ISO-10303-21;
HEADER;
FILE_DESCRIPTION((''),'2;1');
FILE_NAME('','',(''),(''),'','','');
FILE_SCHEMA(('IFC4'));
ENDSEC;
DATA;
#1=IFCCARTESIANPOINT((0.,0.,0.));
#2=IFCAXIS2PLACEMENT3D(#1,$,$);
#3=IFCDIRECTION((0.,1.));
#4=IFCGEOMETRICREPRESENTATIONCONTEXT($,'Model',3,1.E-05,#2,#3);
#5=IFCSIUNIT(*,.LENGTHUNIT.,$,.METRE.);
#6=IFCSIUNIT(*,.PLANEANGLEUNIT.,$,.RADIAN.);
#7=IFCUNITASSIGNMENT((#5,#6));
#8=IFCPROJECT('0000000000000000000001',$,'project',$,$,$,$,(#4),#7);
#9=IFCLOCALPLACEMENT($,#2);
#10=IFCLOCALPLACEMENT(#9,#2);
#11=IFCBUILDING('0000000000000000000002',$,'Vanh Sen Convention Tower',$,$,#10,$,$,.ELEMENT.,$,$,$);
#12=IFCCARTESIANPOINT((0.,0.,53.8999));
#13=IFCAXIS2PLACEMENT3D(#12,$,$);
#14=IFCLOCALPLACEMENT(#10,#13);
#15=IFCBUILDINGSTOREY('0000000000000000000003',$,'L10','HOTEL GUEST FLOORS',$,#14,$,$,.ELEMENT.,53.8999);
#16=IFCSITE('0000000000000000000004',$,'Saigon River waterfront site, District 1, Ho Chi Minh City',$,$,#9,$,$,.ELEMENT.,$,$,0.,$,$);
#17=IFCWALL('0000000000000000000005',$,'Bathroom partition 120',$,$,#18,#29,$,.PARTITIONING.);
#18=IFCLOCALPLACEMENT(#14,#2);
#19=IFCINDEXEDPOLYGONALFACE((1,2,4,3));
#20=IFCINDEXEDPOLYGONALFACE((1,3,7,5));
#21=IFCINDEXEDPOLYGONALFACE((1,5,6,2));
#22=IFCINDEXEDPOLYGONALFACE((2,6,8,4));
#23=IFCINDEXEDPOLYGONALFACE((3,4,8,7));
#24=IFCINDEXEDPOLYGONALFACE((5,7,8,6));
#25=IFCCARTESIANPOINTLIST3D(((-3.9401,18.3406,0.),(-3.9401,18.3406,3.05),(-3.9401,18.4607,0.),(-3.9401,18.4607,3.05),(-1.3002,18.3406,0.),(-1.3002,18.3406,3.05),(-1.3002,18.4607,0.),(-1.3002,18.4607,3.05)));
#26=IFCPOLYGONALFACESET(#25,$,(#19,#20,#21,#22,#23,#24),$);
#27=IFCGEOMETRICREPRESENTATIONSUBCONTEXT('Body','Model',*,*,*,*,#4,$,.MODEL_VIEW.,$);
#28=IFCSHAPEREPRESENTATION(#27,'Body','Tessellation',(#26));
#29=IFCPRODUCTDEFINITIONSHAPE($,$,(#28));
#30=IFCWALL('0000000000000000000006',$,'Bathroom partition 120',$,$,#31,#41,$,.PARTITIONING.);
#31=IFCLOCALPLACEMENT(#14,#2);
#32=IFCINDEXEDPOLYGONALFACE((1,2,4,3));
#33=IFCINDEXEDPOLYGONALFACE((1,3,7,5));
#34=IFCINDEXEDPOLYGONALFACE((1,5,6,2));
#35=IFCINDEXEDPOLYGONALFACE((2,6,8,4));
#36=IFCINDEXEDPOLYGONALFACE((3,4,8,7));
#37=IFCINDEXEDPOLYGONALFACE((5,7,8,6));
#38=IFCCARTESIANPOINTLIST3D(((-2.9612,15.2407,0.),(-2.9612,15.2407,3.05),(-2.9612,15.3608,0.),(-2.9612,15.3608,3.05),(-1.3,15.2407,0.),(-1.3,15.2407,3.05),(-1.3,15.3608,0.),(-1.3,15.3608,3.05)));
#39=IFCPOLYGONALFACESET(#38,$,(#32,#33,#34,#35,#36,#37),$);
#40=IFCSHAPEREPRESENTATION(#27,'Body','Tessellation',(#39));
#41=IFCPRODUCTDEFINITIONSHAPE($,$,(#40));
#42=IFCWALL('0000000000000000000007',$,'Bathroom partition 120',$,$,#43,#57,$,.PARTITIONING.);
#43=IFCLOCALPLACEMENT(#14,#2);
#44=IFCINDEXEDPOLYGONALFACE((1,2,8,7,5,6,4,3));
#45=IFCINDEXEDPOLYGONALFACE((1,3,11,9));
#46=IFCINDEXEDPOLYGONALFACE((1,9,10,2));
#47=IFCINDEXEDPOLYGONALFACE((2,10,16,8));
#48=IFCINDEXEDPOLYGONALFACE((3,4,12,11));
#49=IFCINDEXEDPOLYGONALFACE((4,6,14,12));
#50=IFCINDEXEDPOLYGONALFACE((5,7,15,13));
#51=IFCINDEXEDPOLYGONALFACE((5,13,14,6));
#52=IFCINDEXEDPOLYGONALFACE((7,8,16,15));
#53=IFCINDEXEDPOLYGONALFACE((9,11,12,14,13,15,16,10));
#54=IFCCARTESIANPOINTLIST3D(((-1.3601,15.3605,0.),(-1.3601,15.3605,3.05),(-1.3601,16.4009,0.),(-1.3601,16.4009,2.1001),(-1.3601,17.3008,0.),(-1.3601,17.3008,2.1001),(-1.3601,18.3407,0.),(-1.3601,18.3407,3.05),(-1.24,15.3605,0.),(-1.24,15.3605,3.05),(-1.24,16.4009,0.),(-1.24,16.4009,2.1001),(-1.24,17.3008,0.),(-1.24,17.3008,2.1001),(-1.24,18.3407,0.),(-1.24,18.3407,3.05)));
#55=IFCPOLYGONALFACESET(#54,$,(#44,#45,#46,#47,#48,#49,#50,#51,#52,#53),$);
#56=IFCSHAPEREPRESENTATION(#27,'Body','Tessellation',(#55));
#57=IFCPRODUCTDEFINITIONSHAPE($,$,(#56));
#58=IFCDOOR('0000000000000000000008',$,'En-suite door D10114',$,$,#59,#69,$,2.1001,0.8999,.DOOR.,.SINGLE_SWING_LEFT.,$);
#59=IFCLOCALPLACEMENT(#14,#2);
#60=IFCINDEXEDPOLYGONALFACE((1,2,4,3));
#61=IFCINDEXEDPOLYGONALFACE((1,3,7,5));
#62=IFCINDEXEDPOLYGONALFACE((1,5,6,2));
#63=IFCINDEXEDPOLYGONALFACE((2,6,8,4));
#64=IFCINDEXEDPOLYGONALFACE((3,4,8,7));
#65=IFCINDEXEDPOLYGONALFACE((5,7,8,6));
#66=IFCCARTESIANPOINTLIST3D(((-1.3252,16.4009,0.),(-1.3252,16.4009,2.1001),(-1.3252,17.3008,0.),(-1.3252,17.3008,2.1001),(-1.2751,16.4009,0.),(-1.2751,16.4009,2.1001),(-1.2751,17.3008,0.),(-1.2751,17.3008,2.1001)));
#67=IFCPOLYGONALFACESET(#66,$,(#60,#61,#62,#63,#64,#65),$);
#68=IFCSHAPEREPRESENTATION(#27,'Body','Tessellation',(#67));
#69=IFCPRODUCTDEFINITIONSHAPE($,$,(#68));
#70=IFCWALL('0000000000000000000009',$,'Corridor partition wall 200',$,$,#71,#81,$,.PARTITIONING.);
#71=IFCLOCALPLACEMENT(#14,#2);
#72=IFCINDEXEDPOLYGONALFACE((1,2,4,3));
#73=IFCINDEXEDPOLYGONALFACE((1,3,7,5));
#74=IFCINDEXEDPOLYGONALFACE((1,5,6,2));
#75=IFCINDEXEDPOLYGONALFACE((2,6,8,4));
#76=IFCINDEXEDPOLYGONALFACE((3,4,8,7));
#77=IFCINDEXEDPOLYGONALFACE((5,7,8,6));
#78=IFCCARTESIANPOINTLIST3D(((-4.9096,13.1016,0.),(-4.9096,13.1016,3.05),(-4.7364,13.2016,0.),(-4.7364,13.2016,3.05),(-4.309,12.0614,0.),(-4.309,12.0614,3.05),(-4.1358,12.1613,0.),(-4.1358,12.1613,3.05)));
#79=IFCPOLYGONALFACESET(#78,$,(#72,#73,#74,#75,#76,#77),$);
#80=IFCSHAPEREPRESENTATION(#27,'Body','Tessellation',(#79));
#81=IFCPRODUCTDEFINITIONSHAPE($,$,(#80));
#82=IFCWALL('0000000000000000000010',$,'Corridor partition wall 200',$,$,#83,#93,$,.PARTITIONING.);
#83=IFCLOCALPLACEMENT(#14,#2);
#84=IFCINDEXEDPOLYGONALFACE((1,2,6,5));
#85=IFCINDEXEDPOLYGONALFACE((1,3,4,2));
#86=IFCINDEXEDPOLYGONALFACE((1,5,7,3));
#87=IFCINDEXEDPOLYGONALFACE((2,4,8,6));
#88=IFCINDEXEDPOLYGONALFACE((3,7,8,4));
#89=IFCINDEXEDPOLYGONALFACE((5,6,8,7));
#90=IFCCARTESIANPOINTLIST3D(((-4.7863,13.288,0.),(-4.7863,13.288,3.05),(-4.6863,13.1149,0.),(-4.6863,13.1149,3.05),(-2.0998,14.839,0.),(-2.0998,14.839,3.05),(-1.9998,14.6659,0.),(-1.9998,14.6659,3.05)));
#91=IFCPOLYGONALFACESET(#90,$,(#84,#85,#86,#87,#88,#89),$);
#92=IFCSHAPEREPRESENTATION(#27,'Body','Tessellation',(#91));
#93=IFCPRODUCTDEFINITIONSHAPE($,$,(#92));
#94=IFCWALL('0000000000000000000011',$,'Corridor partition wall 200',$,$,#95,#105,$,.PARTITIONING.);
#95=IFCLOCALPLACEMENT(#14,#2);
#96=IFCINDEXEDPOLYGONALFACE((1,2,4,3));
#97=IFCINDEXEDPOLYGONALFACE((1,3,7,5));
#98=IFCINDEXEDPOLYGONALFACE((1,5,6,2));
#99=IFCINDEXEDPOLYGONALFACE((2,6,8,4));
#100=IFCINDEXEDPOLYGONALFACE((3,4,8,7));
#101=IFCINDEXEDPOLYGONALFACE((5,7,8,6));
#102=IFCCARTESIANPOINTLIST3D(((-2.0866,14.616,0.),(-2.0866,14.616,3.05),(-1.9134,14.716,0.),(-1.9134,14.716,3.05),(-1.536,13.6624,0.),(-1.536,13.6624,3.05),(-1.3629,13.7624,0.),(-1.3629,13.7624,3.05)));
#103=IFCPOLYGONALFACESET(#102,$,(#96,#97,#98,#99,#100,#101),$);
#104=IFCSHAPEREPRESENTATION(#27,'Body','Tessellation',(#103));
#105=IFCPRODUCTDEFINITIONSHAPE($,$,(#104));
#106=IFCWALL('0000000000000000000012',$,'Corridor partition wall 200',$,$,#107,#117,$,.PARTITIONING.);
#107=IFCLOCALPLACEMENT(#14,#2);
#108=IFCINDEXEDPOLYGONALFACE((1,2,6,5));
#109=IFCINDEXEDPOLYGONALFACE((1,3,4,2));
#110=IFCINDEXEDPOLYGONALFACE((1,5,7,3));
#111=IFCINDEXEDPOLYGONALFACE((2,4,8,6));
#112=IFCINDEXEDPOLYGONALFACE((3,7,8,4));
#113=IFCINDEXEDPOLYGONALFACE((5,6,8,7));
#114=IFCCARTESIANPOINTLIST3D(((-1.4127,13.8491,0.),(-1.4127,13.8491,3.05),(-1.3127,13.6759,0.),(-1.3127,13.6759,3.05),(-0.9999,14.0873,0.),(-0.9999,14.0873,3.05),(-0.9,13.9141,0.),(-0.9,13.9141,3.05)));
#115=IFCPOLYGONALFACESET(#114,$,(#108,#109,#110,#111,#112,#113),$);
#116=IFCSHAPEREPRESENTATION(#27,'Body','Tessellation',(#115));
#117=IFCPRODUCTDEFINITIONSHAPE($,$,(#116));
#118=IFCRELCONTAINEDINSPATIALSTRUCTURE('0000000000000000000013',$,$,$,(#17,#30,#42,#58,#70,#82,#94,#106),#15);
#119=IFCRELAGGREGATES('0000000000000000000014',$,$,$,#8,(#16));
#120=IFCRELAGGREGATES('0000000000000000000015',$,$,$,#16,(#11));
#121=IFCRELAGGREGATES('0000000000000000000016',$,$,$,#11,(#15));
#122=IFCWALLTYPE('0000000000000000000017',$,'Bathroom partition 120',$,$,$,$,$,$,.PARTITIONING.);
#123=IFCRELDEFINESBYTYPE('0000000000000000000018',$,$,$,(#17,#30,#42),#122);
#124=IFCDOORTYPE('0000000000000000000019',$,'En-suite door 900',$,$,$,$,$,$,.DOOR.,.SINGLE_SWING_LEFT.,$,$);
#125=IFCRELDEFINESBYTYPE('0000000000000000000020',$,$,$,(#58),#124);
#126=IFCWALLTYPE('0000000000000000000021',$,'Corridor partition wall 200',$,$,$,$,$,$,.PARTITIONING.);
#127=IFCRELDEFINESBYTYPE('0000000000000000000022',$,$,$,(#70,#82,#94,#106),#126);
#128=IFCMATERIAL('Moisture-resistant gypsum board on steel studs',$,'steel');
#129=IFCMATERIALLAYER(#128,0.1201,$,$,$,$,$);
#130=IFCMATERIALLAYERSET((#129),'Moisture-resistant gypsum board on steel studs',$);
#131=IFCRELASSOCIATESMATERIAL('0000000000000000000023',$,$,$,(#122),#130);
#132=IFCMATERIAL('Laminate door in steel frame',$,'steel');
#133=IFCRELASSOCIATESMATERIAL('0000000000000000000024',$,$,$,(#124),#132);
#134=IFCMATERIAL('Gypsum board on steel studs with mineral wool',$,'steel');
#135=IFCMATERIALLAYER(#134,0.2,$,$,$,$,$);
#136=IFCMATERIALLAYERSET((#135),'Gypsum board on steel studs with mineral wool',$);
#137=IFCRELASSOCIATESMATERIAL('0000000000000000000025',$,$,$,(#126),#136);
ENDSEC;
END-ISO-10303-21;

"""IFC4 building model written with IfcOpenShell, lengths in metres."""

from ifc_helpers import new_model, si_unit, direction, frame, frame_2d, origin, place, context, subcontext, project, spatial, rectangle, extrude, material, layer, layer_set, type_object, element, fill, save


model = new_model("IFC4")

# Units and contexts
model_context = context("Model", 3, precision=1e-05, world=origin(), true_north=direction((0.0, 1.0)))
body_context = subcontext(model_context, "Body", "Model", "MODEL_VIEW")
ifc_project = project(units=[si_unit("LENGTHUNIT", "METRE"), si_unit("PLANEANGLEUNIT", "RADIAN")], contexts=[model_context])

# Site, building, storey
site_placement = place(None, origin())
site = spatial("IfcSite", under=ifc_project, at=site_placement, Name="Saigon River waterfront site, District 1, Ho Chi Minh City", CompositionType="ELEMENT", RefElevation=0.0)
building_placement = place(site_placement, origin())
building = spatial("IfcBuilding", under=site, at=building_placement, Name="Vanh Sen Convention Tower", CompositionType="ELEMENT")
storey_placement = place(building_placement, frame((0.0, 0.0, 53.8999)))
storey = spatial("IfcBuildingStorey", under=building, at=storey_placement, Name="L10", Description="HOTEL GUEST FLOORS", CompositionType="ELEMENT", Elevation=53.8999)

# Walls
ifc_material_1 = material(Name="Moisture-resistant gypsum board on steel studs", Category="steel")
ifc_layer_1 = layer(ifc_material_1, 0.1201)
ifc_layer_set_1 = layer_set([ifc_layer_1], Name="Moisture-resistant gypsum board on steel studs")
wall_type_1 = type_object("IfcWallType", Name="Bathroom partition 120", PredefinedType="PARTITIONING", material=ifc_layer_set_1)
wall_1_placement = place(storey_placement, frame((-3.9399, 18.4006, 0.0), z_axis=(0.0, 0.0, 1.0), x_axis=(1.0, 0.0, 0.0)))
element("IfcWall", 1, at=wall_1_placement, inside=storey, type_object=wall_type_1, Name="Bathroom partition 120", PredefinedType="PARTITIONING", context=body_context, shape_type="SweptSolid", body=[
    extrude(rectangle(XDim=2.6399, YDim=0.1201, at=frame_2d((1.3198, 0.0))), origin(), (0.0, 0.0, 1.0), 3.05),
])
wall_2_placement = place(storey_placement, frame((-1.3, 15.3008, 0.0), z_axis=(0.0, 0.0, 1.0), x_axis=(-1.0, 0.0, 0.0)))
element("IfcWall", 2, at=wall_2_placement, inside=storey, type_object=wall_type_1, Name="Bathroom partition 120", PredefinedType="PARTITIONING", context=body_context, shape_type="SweptSolid", body=[
    extrude(rectangle(XDim=1.6611, YDim=0.1201, at=frame_2d((0.8306, 0.0))), origin(), (0.0, 0.0, 1.0), 3.05),
])

# Wall, opening, door
wall_3_placement = place(storey_placement, frame((-1.3, 18.3408, 0.0), z_axis=(0.0, 0.0, 1.0), x_axis=(0.0, -1.0, 0.0)))
wall_3 = element("IfcWall", 3, at=wall_3_placement, inside=storey, type_object=wall_type_1, Name="Bathroom partition 120", PredefinedType="PARTITIONING", context=body_context, shape_type="SweptSolid", body=[
    extrude(rectangle(XDim=2.9802, YDim=0.1201, at=frame_2d((1.4902, 0.0))), origin(), (0.0, 0.0, 1.0), 3.05),
])
opening_1_placement = place(wall_3_placement, frame((1.04, 0.0, 0.0)))
opening_1 = element("IfcOpeningElement", 4, at=opening_1_placement, cuts=wall_3, PredefinedType="OPENING", context=body_context, shape_type="SweptSolid", body=[
    extrude(rectangle(XDim=0.8999, YDim=2.1001, at=frame_2d((0.45, 1.05))), frame((0.0, 0.0701, 0.0), z_axis=(0.0, -1.0, 0.0), x_axis=(1.0, 0.0, 0.0)), (0.0, 0.0, 1.0), 0.1401),
])
ifc_material_2 = material(Name="Laminate door in steel frame", Category="steel")
door_type = type_object("IfcDoorType", Name="En-suite door 900", OperationType="SINGLE_SWING_LEFT", PredefinedType="DOOR", material=ifc_material_2)
door_placement = place(opening_1_placement, origin())
door = element("IfcDoor", 5, at=door_placement, inside=storey, type_object=door_type, Name="En-suite door D10114", OperationType="SINGLE_SWING_LEFT", OverallHeight=2.1001, OverallWidth=0.8999, PredefinedType="DOOR", context=body_context, shape_type="SweptSolid", body=[
    extrude(rectangle(XDim=0.8999, YDim=2.1001, at=frame_2d((0.45, 1.05))), frame((0.0, 0.0249, 0.0), z_axis=(0.0, -1.0, 0.0), x_axis=(1.0, 0.0, 0.0)), (0.0, 0.0, 1.0), 0.05),
])
fill(opening_1, door)

# Walls
ifc_material_3 = material(Name="Gypsum board on steel studs with mineral wool", Category="steel")
ifc_layer_2 = layer(ifc_material_3, 0.2)
ifc_layer_set_2 = layer_set([ifc_layer_2], Name="Gypsum board on steel studs with mineral wool")
wall_type_2 = type_object("IfcWallType", Name="Corridor partition wall 200", PredefinedType="PARTITIONING", material=ifc_layer_set_2)
wall_4_placement = place(storey_placement, frame((-4.823, 13.1516, 0.0), z_axis=(0.0, 0.0, 1.0), x_axis=(0.499986, -0.866033, 0.0)))
element("IfcWall", 6, at=wall_4_placement, inside=storey, type_object=wall_type_2, Name="Corridor partition wall 200", PredefinedType="PARTITIONING", context=body_context, shape_type="SweptSolid", body=[
    extrude(rectangle(XDim=1.2012, YDim=0.2, at=frame_2d((0.6006, 0.0))), origin(), (0.0, 0.0, 1.0), 3.05),
])
wall_5_placement = place(storey_placement, frame((-2.0498, 14.7524, 0.0), z_axis=(0.0, 0.0, 1.0), x_axis=(-0.866031, -0.49999, 0.0)))
element("IfcWall", 7, at=wall_5_placement, inside=storey, type_object=wall_type_2, Name="Corridor partition wall 200", PredefinedType="PARTITIONING", context=body_context, shape_type="SweptSolid", body=[
    extrude(rectangle(XDim=3.1021, YDim=0.2, at=frame_2d((1.551, 0.0))), origin(), (0.0, 0.0, 1.0), 3.05),
])
wall_6_placement = place(storey_placement, frame((-1.4495, 13.7124, 0.0), z_axis=(0.0, 0.0, 1.0), x_axis=(-0.499978, 0.866038, 0.0)))
element("IfcWall", 8, at=wall_6_placement, inside=storey, type_object=wall_type_2, Name="Corridor partition wall 200", PredefinedType="PARTITIONING", context=body_context, shape_type="SweptSolid", body=[
    extrude(rectangle(XDim=1.1011, YDim=0.2, at=frame_2d((0.5505, 0.0))), origin(), (0.0, 0.0, 1.0), 3.05),
])
wall_7_placement = place(storey_placement, frame((-0.95, 14.0007, 0.0), z_axis=(0.0, 0.0, 1.0), x_axis=(-0.866092, -0.499885, 0.0)))
element("IfcWall", 9, at=wall_7_placement, inside=storey, type_object=wall_type_2, Name="Corridor partition wall 200", PredefinedType="PARTITIONING", context=body_context, shape_type="SweptSolid", body=[
    extrude(rectangle(XDim=0.4766, YDim=0.2, at=frame_2d((0.2383, 0.0))), origin(), (0.0, 0.0, 1.0), 3.05),
])

save(model, "model.ifc")
